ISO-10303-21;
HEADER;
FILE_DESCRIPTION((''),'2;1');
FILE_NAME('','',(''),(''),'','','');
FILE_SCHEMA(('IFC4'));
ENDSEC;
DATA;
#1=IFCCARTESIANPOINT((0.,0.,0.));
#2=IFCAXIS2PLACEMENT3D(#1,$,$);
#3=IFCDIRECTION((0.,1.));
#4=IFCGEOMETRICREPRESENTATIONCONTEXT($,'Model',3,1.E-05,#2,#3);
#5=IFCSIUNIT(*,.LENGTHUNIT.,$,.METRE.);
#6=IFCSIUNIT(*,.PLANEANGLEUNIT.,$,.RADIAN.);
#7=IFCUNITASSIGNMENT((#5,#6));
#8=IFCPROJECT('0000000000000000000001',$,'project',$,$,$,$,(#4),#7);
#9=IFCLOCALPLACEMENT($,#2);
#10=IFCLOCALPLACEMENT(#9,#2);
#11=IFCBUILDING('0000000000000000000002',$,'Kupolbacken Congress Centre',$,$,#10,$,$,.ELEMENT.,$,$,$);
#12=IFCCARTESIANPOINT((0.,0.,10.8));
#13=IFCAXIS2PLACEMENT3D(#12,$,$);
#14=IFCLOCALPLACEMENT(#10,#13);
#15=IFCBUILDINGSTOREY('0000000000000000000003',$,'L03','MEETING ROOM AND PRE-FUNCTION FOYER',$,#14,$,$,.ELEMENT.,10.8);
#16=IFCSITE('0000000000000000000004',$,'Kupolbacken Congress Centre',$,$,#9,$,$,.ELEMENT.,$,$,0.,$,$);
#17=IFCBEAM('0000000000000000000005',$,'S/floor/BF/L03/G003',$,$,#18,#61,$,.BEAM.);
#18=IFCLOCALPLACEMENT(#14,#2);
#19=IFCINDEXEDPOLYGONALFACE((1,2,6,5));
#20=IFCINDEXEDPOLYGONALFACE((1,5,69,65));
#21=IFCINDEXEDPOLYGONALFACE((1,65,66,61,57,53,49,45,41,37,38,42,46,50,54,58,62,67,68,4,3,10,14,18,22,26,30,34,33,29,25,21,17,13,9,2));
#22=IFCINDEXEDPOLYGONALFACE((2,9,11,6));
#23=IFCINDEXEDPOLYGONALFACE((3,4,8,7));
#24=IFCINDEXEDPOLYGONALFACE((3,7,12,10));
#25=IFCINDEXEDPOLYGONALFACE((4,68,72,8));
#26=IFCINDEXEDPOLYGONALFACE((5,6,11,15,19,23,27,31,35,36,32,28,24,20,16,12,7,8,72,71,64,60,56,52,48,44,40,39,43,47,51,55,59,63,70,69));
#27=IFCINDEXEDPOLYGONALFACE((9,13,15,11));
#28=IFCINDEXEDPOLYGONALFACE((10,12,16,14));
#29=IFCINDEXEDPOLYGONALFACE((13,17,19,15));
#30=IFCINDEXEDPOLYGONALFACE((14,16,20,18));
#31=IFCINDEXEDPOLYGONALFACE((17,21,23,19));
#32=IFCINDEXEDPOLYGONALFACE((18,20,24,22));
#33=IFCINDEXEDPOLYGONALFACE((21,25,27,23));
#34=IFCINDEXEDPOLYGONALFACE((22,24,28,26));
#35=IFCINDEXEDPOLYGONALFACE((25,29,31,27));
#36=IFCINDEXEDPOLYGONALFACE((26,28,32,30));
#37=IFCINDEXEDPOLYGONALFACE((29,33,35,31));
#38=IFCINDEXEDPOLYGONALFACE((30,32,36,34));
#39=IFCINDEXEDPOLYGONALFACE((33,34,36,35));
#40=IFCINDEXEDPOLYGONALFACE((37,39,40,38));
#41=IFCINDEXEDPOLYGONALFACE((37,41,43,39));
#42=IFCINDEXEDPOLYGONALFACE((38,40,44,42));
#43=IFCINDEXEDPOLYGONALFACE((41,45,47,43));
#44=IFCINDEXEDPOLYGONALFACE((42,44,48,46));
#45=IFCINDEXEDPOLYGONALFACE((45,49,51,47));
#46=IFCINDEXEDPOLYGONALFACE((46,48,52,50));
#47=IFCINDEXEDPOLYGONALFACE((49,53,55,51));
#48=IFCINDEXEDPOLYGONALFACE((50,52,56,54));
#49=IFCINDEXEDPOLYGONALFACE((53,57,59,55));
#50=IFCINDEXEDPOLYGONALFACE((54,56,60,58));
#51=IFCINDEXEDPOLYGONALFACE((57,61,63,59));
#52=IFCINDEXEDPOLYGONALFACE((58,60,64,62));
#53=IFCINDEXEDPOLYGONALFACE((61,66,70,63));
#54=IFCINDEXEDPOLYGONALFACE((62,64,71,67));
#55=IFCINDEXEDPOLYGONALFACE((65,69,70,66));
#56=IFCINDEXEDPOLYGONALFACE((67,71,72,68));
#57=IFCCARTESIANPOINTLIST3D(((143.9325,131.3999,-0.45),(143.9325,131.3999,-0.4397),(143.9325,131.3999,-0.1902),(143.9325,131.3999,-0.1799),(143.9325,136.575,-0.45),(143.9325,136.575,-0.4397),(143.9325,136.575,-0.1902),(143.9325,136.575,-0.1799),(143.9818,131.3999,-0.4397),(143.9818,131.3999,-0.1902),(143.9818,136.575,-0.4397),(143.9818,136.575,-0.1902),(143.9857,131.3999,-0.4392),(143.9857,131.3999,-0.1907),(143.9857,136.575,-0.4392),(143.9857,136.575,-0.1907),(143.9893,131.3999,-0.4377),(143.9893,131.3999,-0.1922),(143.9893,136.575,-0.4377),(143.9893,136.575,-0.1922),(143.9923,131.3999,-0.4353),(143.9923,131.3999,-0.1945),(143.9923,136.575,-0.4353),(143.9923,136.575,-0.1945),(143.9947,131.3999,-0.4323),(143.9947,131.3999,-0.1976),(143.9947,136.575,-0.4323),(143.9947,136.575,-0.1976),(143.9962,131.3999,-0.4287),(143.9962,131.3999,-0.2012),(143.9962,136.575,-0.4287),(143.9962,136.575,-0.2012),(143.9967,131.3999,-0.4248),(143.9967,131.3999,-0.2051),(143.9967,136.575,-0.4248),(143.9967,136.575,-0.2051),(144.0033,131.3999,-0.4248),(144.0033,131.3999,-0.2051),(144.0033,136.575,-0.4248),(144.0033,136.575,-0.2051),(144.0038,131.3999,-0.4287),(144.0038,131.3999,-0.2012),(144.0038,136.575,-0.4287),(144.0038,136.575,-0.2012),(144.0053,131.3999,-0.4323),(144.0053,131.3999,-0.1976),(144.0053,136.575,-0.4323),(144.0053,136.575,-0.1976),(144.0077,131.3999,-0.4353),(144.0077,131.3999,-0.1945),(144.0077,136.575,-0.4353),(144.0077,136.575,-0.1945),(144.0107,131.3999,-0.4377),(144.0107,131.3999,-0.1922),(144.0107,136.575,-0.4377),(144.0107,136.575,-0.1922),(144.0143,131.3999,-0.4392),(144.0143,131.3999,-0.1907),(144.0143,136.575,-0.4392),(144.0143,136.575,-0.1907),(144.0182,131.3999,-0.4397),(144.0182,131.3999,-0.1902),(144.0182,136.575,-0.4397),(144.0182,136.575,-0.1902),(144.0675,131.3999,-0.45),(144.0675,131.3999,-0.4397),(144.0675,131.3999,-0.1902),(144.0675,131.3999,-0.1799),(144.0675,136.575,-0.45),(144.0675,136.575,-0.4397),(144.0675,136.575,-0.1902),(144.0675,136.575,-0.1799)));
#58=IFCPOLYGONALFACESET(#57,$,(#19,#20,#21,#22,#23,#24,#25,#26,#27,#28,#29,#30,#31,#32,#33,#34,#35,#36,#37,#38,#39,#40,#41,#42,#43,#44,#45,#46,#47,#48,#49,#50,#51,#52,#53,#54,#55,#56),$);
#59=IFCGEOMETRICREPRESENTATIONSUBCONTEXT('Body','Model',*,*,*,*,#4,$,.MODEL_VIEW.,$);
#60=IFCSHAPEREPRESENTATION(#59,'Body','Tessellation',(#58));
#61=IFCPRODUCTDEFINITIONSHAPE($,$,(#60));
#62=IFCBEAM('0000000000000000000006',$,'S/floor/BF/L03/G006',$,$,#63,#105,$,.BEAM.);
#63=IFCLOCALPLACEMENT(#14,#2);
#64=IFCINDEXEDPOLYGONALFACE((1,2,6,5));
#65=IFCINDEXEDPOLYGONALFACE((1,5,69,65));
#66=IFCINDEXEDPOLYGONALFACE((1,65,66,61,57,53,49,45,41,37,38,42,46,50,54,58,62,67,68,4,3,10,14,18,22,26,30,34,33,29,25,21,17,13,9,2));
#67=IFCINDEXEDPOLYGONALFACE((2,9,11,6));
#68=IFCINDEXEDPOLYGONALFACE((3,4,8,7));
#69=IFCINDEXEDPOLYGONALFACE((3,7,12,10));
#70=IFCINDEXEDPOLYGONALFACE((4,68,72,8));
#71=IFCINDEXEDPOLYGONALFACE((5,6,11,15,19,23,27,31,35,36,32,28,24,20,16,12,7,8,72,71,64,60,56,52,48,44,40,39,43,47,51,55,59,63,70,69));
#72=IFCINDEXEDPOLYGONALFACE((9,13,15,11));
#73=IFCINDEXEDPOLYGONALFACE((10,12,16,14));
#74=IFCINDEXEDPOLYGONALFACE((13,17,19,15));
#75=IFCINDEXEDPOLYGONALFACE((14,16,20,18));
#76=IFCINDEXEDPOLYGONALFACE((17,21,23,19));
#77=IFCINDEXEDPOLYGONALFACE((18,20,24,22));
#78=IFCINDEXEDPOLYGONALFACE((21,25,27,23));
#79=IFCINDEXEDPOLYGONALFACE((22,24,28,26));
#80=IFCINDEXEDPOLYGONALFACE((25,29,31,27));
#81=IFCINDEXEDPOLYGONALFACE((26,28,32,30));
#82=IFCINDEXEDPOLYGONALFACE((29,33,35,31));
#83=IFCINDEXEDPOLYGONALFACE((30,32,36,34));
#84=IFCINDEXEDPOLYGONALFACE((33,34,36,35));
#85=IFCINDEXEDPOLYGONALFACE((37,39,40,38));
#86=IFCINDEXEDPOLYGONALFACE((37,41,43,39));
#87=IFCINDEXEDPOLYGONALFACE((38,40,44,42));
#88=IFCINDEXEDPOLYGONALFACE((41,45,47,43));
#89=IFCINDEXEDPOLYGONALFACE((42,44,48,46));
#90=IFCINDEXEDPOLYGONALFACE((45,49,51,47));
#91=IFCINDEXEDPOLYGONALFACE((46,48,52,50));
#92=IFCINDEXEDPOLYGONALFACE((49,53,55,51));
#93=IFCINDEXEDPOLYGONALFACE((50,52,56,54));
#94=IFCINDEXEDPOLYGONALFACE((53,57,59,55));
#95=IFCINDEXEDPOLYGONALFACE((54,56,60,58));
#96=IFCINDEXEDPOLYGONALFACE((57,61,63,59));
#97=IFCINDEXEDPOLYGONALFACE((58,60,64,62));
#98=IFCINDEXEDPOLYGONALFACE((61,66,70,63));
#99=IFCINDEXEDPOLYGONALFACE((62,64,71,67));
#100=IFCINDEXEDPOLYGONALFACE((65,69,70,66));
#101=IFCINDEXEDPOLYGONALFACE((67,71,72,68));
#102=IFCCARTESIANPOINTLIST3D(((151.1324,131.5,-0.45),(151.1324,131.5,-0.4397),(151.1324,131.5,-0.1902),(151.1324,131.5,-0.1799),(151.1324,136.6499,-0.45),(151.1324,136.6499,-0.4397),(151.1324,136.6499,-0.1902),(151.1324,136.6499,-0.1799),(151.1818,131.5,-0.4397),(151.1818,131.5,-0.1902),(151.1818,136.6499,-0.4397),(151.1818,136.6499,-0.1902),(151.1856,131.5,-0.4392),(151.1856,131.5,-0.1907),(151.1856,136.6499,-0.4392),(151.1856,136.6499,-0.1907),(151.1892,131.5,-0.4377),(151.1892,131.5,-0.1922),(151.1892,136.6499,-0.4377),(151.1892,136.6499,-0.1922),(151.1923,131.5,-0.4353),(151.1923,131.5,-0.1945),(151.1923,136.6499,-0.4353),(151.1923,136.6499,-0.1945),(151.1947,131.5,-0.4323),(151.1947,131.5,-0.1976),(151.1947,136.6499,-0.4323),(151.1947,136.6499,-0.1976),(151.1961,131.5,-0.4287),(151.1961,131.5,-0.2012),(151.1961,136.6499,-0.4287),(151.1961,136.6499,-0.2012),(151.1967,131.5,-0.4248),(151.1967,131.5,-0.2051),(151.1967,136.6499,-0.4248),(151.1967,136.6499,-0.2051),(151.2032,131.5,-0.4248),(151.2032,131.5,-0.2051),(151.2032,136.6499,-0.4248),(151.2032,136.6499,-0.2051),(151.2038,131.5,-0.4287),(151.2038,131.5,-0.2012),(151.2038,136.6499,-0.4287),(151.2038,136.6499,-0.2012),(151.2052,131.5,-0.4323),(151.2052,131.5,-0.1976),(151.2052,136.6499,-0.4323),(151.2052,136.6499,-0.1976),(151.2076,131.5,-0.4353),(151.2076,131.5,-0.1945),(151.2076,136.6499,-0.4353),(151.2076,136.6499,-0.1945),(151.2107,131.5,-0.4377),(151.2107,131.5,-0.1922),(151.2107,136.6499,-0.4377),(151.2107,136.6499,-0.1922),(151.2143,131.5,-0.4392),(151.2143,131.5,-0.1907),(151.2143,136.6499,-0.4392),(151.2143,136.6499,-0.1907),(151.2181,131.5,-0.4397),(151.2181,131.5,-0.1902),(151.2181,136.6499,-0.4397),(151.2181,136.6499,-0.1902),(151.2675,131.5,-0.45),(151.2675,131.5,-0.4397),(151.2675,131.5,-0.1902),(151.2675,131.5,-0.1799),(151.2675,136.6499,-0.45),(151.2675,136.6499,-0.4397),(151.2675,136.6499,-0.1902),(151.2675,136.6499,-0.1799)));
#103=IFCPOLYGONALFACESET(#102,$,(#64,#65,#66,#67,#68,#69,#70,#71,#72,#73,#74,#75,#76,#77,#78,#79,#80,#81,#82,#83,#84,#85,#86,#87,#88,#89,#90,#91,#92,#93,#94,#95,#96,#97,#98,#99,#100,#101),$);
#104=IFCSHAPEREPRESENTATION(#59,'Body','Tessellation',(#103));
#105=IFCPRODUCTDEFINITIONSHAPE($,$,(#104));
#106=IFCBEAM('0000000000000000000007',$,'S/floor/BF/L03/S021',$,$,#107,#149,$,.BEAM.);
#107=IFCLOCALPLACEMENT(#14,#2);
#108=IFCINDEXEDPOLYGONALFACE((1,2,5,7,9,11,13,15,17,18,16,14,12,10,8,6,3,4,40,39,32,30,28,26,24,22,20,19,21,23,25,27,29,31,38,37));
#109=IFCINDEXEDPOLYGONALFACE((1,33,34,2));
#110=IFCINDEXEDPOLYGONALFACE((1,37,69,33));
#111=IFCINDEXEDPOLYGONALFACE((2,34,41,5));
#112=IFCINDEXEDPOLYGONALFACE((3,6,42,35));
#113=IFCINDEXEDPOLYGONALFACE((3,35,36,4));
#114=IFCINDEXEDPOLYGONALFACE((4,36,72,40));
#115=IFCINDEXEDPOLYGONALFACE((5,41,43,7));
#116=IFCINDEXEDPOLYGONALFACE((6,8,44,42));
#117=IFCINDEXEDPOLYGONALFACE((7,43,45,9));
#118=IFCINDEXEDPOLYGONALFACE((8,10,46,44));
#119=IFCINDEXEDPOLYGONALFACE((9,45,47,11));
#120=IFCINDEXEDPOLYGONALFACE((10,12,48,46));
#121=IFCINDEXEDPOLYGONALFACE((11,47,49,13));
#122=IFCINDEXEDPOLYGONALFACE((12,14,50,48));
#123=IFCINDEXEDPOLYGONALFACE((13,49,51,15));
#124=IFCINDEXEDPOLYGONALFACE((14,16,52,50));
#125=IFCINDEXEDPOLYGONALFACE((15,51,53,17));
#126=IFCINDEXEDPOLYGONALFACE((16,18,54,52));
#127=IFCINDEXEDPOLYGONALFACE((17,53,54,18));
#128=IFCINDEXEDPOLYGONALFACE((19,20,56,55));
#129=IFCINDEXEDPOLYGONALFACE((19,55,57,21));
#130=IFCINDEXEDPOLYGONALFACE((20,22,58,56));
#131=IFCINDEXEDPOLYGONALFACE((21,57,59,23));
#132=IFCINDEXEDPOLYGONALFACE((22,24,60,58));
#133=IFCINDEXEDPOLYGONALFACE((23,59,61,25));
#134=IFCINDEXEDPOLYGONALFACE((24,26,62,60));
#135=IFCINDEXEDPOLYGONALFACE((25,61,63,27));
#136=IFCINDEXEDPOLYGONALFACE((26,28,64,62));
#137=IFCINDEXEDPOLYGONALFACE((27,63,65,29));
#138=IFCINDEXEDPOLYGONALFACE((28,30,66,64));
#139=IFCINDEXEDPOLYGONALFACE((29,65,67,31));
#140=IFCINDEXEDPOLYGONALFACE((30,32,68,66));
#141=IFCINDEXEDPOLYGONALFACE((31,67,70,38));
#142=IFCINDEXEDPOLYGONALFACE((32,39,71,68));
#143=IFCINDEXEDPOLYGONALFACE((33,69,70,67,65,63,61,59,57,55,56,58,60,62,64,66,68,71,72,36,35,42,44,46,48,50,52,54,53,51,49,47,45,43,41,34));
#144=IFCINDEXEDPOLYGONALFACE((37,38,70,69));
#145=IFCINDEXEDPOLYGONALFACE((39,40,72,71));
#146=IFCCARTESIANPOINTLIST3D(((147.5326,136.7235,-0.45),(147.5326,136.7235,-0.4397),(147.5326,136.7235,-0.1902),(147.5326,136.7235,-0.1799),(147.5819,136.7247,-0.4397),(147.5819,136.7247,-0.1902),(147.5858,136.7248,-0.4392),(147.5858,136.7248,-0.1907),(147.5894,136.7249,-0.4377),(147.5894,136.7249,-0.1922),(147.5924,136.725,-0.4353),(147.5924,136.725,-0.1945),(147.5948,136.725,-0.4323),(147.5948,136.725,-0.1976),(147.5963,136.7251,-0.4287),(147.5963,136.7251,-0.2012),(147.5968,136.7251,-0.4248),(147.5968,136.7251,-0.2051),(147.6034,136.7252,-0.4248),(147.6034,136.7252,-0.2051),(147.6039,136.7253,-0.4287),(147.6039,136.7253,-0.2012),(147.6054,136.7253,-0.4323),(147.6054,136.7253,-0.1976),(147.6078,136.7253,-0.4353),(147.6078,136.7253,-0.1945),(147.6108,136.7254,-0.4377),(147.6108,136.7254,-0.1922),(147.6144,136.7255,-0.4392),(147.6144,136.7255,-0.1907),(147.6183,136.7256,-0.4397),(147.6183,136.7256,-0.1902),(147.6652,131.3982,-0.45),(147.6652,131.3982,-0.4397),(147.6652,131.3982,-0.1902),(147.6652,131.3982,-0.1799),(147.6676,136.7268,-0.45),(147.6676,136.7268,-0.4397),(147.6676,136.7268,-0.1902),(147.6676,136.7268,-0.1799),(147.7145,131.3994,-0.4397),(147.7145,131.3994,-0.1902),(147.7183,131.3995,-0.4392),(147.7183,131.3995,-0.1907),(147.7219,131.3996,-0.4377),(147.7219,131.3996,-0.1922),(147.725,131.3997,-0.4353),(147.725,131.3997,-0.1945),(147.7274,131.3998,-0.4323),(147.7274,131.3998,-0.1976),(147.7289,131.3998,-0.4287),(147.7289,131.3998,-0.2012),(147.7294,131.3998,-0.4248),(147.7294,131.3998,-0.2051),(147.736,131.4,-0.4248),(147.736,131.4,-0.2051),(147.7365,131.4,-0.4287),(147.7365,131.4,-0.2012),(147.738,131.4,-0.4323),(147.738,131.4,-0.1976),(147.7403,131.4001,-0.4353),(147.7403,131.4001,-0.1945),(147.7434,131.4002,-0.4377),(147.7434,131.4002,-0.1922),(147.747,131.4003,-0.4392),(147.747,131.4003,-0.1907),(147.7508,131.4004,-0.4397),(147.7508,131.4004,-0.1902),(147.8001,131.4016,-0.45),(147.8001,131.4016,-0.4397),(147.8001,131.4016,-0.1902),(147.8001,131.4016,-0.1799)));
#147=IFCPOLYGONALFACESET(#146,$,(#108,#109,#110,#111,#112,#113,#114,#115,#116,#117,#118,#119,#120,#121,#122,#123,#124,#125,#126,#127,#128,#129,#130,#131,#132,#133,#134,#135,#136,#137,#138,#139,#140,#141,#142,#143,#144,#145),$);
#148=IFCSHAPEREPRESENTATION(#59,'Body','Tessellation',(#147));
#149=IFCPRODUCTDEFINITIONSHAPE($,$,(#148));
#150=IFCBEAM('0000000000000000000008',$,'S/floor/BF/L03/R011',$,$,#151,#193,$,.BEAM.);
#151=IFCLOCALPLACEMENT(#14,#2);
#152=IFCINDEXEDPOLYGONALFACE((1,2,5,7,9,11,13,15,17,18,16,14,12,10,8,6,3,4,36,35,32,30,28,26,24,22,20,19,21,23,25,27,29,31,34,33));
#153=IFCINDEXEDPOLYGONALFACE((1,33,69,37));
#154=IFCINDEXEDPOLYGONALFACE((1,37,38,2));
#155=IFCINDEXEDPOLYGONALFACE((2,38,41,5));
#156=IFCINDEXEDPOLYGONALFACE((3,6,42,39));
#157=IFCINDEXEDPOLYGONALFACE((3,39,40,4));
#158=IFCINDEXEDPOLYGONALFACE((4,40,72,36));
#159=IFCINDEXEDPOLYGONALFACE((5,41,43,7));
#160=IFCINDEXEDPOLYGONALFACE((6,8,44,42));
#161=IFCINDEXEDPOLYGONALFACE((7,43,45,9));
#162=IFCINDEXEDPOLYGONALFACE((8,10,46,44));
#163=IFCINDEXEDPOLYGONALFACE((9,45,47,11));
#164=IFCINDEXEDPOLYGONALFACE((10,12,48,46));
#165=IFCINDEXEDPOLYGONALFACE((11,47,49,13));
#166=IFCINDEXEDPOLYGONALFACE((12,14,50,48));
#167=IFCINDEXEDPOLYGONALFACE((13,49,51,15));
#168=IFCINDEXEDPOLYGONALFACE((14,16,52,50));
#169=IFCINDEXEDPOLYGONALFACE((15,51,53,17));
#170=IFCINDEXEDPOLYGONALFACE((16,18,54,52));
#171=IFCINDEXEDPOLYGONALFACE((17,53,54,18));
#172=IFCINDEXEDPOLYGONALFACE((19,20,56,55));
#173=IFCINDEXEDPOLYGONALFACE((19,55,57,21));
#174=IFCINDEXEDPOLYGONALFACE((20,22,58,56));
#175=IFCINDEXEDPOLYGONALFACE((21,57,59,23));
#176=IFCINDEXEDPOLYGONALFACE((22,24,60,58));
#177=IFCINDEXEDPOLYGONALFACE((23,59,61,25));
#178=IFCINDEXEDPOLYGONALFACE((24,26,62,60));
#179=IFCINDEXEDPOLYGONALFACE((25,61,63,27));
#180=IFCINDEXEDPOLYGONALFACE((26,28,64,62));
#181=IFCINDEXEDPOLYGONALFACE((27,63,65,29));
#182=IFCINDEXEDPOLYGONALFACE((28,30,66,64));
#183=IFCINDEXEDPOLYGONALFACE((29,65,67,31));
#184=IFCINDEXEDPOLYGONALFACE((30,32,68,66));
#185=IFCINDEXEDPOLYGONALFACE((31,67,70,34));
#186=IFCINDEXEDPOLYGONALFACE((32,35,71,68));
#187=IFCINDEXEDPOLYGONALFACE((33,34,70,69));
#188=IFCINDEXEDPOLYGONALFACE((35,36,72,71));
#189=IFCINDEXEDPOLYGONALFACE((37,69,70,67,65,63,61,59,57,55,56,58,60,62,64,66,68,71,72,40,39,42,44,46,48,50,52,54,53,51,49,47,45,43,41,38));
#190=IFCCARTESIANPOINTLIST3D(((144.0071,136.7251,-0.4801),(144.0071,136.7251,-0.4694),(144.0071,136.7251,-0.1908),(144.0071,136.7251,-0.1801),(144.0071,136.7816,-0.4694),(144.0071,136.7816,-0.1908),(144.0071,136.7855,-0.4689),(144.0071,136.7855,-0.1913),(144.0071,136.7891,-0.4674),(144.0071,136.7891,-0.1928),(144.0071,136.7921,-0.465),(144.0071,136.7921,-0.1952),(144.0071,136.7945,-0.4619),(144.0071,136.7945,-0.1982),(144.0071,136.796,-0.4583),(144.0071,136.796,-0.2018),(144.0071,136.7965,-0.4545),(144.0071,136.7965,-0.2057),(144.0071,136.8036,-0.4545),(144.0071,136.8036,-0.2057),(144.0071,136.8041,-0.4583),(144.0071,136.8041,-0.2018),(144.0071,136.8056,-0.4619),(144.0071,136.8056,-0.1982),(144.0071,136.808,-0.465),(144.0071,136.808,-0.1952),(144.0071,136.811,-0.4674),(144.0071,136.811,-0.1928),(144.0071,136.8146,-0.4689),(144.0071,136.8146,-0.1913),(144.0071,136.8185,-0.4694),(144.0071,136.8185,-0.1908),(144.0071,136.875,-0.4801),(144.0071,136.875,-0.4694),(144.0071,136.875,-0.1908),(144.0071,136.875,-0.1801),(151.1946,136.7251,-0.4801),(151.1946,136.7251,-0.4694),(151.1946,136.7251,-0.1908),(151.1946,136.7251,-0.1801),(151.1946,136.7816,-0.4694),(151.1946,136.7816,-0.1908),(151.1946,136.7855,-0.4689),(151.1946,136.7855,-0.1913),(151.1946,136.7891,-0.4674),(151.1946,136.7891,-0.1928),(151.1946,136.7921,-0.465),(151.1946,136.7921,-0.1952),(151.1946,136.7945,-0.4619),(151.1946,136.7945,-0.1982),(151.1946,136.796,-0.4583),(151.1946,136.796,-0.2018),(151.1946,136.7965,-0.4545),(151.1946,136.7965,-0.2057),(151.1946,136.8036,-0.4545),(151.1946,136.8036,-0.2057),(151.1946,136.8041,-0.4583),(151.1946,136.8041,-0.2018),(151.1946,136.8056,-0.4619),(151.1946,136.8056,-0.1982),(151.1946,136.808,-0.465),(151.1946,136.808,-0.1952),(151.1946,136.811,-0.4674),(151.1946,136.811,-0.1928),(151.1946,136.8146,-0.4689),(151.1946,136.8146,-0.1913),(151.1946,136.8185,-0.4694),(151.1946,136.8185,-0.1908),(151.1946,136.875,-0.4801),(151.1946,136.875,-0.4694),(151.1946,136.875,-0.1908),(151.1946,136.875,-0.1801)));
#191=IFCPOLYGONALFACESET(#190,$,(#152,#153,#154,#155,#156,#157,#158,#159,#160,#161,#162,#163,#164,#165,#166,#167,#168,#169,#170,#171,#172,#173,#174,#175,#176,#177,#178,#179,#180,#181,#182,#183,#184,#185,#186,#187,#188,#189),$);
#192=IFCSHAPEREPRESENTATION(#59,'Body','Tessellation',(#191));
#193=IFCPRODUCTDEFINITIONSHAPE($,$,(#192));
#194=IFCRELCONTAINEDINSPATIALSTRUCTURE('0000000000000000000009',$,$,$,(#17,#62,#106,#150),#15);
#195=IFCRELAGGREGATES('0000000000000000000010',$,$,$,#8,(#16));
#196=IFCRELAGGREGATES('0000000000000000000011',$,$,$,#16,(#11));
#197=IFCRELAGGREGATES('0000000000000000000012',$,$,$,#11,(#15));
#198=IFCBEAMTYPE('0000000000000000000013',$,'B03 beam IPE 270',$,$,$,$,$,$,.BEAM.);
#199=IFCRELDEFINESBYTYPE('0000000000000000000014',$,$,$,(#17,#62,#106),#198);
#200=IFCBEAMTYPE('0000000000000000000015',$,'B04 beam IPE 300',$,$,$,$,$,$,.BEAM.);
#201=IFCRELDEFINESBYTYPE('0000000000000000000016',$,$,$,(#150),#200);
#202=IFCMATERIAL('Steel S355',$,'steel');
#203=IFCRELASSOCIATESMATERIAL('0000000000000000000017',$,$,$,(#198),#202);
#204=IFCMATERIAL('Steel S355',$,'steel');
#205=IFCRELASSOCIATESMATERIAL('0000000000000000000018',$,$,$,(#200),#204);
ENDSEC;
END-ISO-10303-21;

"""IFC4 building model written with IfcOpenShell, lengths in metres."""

from ifc_helpers import new_model, si_unit, direction, frame, origin, origin_2d, place, context, subcontext, project, spatial, i_section, extrude, material, material_profile, profile_set, type_object, element, save


model = new_model("IFC4")

# Units and contexts
model_context = context("Model", 3, precision=1e-05, world=origin(), true_north=direction((0.0, 1.0)))
body_context = subcontext(model_context, "Body", "Model", "MODEL_VIEW")
ifc_project = project(units=[si_unit("LENGTHUNIT", "METRE"), si_unit("PLANEANGLEUNIT", "RADIAN")], contexts=[model_context])

# Site, building, storey
site_placement = place(None, origin())
site = spatial("IfcSite", under=ifc_project, at=site_placement, Name="Kupolbacken Congress Centre", CompositionType="ELEMENT", RefElevation=0.0)
building_placement = place(site_placement, origin())
building = spatial("IfcBuilding", under=site, at=building_placement, Name="Kupolbacken Congress Centre", CompositionType="ELEMENT")
storey_placement = place(building_placement, frame((0.0, 0.0, 10.8)))
storey = spatial("IfcBuildingStorey", under=building, at=storey_placement, Name="L03", Description="MEETING ROOM AND PRE-FUNCTION FOYER", CompositionType="ELEMENT", Elevation=10.8)

# Beams
ifc_material_1 = material(Name="Steel S355", Category="steel")
ifc_material_profile_1 = material_profile(ifc_material_1, i_section(OverallWidth=0.135, OverallDepth=0.27, WebThickness=0.0066, FlangeThickness=0.0103, FilletRadius=0.0149, at=origin_2d()), Name="IPE 270")
ifc_profile_set_1 = profile_set([ifc_material_profile_1], Name="Steel S355")
beam_type_1 = type_object("IfcBeamType", Name="B03 beam IPE 270", PredefinedType="BEAM", material=ifc_profile_set_1)
beam_1_placement = place(storey_placement, frame((144.0, 131.3999, -0.3149), z_axis=(0.0, 1.0, 0.0), x_axis=(-1.0, 0.0, 0.0)))
element("IfcBeam", 1, at=beam_1_placement, inside=storey, type_object=beam_type_1, Name="S/floor/BF/L03/G003", PredefinedType="BEAM", context=body_context, shape_type="SweptSolid", body=[
    extrude(i_section(OverallWidth=0.135, OverallDepth=0.27, WebThickness=0.0066, FlangeThickness=0.0103, FilletRadius=0.0149, at=origin_2d()), origin(), (0.0, 0.0, 1.0), 5.175),
])
beam_2_placement = place(storey_placement, frame((151.2, 131.5, -0.3149), z_axis=(0.0, 1.0, 0.0), x_axis=(-1.0, 0.0, 0.0)))
element("IfcBeam", 2, at=beam_2_placement, inside=storey, type_object=beam_type_1, Name="S/floor/BF/L03/G006", PredefinedType="BEAM", context=body_context, shape_type="SweptSolid", body=[
    extrude(i_section(OverallWidth=0.135, OverallDepth=0.27, WebThickness=0.0066, FlangeThickness=0.0103, FilletRadius=0.0149, at=origin_2d()), origin(), (0.0, 0.0, 1.0), 5.1499),
])
beam_3_placement = place(storey_placement, frame((147.7327, 131.3999, -0.3149), z_axis=(-0.024887, 0.99969, 0.0), x_axis=(-0.99969, -0.024887, 0.0)))
element("IfcBeam", 3, at=beam_3_placement, inside=storey, type_object=beam_type_1, Name="S/floor/BF/L03/S021", PredefinedType="BEAM", context=body_context, shape_type="SweptSolid", body=[
    extrude(i_section(OverallWidth=0.135, OverallDepth=0.27, WebThickness=0.0066, FlangeThickness=0.0103, FilletRadius=0.0149, at=origin_2d()), origin(), (0.0, 0.0, 1.0), 5.3269),
])
ifc_material_2 = material(Name="Steel S355", Category="steel")
ifc_material_profile_2 = material_profile(ifc_material_2, i_section(OverallWidth=0.1499, OverallDepth=0.3, WebThickness=0.0071, FlangeThickness=0.0107, FilletRadius=0.0149, at=origin_2d()), Name="IPE 300")
ifc_profile_set_2 = profile_set([ifc_material_profile_2], Name="Steel S355")
beam_type_2 = type_object("IfcBeamType", Name="B04 beam IPE 300", PredefinedType="BEAM", material=ifc_profile_set_2)
beam_4_placement = place(storey_placement, frame((144.0071, 136.8, -0.3301), z_axis=(1.0, 0.0, 0.0), x_axis=(0.0, 1.0, 0.0)))
element("IfcBeam", 4, at=beam_4_placement, inside=storey, type_object=beam_type_2, Name="S/floor/BF/L03/R011", PredefinedType="BEAM", context=body_context, shape_type="SweptSolid", body=[
    extrude(i_section(OverallWidth=0.1499, OverallDepth=0.3, WebThickness=0.0071, FlangeThickness=0.0107, FilletRadius=0.0149, at=origin_2d()), origin(), (0.0, 0.0, 1.0), 7.1875),
])

save(model, "model.ifc")
